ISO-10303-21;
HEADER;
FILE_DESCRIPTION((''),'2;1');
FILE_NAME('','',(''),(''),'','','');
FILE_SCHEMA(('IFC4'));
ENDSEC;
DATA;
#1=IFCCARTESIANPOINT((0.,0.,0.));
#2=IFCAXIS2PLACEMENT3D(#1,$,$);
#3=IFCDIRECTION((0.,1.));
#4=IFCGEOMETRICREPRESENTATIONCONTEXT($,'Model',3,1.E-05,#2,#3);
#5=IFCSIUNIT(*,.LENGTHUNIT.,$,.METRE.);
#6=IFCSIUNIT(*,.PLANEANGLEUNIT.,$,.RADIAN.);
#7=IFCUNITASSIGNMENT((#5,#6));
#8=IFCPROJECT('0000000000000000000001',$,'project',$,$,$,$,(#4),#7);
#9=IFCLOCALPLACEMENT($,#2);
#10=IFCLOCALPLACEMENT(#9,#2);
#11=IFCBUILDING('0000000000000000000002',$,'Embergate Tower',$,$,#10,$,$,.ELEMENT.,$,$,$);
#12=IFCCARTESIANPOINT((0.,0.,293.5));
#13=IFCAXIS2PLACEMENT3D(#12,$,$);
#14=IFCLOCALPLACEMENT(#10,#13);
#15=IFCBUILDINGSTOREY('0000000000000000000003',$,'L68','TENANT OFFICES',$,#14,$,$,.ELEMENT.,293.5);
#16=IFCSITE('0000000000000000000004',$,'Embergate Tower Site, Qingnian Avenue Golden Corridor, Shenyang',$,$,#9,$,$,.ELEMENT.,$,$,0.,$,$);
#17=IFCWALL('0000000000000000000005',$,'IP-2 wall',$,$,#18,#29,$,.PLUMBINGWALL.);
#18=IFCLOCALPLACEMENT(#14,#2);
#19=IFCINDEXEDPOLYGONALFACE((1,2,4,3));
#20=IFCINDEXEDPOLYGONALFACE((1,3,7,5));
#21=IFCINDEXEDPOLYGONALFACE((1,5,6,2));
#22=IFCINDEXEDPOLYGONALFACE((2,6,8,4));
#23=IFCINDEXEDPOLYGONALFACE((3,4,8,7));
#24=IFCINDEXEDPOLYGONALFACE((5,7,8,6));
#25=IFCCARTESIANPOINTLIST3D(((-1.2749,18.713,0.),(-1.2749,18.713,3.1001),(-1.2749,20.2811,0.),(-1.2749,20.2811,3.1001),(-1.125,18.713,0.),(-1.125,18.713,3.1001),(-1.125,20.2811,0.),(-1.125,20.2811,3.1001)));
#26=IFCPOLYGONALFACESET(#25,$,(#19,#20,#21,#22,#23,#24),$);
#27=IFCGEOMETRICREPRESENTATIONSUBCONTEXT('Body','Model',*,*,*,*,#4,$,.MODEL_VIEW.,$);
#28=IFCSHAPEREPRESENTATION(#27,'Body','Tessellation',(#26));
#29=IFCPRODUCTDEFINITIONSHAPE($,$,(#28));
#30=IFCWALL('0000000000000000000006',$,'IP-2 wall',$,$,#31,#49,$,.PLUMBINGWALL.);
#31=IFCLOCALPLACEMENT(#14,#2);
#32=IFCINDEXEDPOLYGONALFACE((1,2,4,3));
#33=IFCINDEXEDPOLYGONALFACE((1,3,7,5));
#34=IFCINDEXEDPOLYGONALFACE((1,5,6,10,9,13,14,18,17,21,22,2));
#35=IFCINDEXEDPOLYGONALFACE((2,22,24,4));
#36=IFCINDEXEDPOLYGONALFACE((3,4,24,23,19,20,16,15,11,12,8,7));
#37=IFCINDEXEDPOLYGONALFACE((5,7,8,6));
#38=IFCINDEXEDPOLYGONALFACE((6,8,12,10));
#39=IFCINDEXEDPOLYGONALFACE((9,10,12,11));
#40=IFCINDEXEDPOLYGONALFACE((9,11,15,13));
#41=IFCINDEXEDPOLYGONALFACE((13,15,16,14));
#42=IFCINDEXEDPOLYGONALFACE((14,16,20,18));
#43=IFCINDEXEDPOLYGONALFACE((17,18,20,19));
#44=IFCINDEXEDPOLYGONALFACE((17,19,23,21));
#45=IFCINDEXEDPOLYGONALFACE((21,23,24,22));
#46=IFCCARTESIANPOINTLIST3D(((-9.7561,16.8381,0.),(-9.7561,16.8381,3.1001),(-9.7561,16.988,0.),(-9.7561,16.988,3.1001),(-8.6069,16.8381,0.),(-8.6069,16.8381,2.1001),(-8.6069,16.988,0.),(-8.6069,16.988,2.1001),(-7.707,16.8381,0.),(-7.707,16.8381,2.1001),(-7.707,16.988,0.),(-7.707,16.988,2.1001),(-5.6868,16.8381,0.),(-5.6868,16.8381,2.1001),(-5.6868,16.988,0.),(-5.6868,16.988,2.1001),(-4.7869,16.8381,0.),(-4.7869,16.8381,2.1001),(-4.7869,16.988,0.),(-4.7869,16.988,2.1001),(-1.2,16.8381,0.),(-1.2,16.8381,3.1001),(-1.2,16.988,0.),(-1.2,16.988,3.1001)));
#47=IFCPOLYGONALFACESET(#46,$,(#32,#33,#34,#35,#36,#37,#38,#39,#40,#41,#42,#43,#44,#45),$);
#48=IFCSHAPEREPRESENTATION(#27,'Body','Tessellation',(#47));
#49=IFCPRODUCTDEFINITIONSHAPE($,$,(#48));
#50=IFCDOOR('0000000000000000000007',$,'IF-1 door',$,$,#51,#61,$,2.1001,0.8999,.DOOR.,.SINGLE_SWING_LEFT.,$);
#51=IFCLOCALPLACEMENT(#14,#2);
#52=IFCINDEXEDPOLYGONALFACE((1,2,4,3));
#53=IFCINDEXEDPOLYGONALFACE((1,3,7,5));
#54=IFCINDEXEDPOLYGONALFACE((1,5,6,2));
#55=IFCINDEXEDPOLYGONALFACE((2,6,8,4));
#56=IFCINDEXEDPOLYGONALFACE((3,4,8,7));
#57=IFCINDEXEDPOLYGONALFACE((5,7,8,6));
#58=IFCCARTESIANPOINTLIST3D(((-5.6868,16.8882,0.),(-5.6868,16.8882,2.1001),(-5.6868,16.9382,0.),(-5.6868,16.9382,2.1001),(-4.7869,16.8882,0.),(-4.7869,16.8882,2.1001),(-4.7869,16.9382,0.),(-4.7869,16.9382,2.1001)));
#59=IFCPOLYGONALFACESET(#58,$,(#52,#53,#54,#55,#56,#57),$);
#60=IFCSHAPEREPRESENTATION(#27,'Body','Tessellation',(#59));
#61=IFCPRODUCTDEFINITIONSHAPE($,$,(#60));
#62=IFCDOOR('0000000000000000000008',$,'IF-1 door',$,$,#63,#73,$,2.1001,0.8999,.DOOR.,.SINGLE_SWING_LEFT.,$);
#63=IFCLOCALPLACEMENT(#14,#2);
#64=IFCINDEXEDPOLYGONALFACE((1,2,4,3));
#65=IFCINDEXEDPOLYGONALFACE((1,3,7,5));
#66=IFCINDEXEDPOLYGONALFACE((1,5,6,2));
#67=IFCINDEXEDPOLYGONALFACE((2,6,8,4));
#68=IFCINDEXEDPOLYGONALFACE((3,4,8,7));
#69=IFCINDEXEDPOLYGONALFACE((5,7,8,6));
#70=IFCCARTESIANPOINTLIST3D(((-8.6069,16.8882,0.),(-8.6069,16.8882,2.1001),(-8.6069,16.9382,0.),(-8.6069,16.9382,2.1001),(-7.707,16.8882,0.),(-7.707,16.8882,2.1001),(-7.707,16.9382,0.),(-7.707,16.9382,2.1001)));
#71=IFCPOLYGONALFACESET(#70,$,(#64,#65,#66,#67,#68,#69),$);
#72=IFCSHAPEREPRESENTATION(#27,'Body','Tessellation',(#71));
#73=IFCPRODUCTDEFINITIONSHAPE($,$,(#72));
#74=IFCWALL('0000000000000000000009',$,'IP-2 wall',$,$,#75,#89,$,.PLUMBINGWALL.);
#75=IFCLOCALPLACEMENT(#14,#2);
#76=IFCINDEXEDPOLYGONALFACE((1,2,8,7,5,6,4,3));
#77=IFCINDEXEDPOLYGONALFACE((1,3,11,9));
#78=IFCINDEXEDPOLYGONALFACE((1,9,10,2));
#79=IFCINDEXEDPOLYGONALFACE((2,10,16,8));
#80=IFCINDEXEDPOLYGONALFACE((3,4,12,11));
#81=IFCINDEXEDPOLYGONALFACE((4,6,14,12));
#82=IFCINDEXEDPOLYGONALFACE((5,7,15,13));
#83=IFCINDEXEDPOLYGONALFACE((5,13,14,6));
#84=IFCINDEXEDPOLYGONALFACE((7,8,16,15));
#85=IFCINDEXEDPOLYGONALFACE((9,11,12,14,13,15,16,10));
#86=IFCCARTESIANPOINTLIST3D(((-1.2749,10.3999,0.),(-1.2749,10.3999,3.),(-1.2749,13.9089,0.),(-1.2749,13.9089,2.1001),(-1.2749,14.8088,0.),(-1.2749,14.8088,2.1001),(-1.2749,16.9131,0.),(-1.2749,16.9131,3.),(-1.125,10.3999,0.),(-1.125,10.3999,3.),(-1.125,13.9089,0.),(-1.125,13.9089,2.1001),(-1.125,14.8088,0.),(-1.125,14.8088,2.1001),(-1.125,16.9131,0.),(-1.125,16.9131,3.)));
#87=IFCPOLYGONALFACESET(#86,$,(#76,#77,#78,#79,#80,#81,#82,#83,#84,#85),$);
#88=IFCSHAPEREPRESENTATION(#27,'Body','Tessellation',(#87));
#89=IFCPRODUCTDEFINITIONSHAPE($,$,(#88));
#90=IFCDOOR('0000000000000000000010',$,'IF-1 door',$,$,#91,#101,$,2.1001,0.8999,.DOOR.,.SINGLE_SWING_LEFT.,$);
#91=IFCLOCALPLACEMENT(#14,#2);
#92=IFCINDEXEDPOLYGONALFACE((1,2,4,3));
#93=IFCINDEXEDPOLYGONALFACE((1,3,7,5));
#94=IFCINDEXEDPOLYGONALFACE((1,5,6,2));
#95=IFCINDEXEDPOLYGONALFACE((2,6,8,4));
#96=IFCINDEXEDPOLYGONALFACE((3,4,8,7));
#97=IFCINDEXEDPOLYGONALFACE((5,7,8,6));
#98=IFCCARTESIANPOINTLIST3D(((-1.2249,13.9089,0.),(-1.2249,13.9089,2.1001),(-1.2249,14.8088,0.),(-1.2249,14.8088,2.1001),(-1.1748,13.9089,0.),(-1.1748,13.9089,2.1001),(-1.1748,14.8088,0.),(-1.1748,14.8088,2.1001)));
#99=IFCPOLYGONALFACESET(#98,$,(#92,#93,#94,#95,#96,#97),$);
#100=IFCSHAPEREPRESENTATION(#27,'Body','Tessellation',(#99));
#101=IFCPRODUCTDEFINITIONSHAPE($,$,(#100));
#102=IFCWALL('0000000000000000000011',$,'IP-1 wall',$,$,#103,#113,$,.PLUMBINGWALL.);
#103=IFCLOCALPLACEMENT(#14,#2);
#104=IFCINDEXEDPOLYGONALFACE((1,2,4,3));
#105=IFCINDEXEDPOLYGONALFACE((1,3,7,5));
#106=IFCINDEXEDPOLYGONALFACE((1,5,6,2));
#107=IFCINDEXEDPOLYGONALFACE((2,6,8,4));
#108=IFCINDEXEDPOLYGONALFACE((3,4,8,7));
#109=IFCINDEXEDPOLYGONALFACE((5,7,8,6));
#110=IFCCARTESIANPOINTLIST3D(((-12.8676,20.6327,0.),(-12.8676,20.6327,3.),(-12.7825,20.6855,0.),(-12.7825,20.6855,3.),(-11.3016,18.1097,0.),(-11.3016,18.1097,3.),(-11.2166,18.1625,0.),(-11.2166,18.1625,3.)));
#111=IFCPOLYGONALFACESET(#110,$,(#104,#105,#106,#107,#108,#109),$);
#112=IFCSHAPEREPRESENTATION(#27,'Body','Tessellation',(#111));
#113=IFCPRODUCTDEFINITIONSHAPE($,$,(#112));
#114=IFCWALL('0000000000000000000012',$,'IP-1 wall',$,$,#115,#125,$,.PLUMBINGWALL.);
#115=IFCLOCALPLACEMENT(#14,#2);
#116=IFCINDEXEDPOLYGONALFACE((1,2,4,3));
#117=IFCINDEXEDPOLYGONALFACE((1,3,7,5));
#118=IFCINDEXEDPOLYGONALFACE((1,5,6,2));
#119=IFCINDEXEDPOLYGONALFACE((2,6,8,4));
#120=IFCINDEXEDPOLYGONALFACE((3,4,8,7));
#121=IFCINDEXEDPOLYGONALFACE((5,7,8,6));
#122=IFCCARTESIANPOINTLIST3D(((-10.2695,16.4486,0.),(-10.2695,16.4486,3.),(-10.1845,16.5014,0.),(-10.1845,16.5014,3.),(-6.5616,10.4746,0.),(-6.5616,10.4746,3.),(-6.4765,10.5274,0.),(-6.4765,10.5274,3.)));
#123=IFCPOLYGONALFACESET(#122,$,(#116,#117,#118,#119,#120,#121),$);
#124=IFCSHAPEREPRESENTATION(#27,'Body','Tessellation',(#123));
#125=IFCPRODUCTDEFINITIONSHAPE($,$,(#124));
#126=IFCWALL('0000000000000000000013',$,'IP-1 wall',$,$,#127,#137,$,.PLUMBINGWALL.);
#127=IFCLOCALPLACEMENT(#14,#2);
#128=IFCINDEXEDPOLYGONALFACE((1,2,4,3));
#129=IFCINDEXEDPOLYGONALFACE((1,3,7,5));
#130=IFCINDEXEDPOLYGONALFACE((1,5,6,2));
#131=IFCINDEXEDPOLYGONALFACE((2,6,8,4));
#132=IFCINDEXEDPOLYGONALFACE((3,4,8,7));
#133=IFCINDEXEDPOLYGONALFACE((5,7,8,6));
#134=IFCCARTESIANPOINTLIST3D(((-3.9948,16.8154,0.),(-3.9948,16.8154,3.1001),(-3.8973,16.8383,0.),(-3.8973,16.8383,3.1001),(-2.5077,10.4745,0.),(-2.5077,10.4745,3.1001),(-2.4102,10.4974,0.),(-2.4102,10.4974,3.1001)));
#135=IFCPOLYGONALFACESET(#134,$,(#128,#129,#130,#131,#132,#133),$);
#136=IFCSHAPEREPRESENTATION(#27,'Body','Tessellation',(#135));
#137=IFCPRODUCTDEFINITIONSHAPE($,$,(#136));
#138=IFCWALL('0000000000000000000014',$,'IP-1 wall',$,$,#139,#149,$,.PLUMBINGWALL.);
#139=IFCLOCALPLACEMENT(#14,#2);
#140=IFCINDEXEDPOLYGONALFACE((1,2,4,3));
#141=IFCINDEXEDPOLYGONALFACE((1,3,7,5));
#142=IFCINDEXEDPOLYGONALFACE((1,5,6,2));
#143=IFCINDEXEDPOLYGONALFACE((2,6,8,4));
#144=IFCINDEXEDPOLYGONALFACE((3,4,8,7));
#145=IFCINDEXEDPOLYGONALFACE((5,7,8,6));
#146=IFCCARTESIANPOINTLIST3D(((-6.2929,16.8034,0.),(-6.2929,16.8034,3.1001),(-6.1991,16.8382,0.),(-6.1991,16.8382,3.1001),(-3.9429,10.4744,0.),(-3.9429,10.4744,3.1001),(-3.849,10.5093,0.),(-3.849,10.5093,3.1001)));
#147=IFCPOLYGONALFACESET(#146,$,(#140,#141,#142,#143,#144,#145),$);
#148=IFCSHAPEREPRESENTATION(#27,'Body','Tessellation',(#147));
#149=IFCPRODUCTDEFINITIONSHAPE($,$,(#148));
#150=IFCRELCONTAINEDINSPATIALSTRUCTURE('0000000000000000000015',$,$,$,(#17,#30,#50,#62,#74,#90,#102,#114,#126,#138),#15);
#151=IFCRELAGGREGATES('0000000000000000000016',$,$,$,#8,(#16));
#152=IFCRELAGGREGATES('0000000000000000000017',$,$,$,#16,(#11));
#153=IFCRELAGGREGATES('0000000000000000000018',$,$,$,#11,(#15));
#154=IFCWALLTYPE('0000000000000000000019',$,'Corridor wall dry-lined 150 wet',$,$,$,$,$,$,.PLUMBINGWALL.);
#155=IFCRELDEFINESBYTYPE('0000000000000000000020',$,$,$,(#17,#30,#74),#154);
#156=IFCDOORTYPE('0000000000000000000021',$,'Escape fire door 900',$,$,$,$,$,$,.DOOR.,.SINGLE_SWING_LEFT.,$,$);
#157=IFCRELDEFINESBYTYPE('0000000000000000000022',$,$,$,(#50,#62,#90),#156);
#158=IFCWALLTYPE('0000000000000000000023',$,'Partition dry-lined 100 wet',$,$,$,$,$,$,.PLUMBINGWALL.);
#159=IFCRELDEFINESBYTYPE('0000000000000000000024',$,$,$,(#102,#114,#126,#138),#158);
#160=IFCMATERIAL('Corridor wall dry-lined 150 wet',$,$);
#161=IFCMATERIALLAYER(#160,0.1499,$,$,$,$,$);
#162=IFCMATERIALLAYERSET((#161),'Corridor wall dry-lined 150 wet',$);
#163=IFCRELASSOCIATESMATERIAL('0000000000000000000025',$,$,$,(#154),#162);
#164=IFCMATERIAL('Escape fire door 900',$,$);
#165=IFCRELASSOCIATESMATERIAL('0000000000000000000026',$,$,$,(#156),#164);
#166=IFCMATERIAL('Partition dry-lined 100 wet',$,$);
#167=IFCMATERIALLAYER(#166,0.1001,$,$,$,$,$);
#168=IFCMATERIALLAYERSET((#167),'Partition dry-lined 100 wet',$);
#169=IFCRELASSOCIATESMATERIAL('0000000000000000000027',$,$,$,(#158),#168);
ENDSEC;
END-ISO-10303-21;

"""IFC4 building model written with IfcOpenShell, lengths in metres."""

from ifc_helpers import new_model, si_unit, direction, frame, frame_2d, origin, place, context, subcontext, project, spatial, rectangle, extrude, source, transform, mapped, material, layer, layer_set, type_object, element, fill, save


model = new_model("IFC4")

# Units and contexts
model_context = context("Model", 3, precision=1e-05, world=origin(), true_north=direction((0.0, 1.0)))
body_context = subcontext(model_context, "Body", "Model", "MODEL_VIEW")
ifc_project = project(units=[si_unit("LENGTHUNIT", "METRE"), si_unit("PLANEANGLEUNIT", "RADIAN")], contexts=[model_context])

# Site, building, storey
site_placement = place(None, origin())
site = spatial("IfcSite", under=ifc_project, at=site_placement, Name="Embergate Tower Site, Qingnian Avenue Golden Corridor, Shenyang", CompositionType="ELEMENT", RefElevation=0.0)
building_placement = place(site_placement, origin())
building = spatial("IfcBuilding", under=site, at=building_placement, Name="Embergate Tower", CompositionType="ELEMENT")
storey_placement = place(building_placement, frame((0.0, 0.0, 293.5)))
storey = spatial("IfcBuildingStorey", under=building, at=storey_placement, Name="L68", Description="TENANT OFFICES", CompositionType="ELEMENT", Elevation=293.5)

# Shared definitions
ifc_material_1 = material(Name="Corridor wall dry-lined 150 wet")
ifc_layer_1 = layer(ifc_material_1, 0.1499)
ifc_layer_set_1 = layer_set([ifc_layer_1], Name="Corridor wall dry-lined 150 wet")
wall_type_1 = type_object("IfcWallType", Name="Corridor wall dry-lined 150 wet", PredefinedType="PLUMBINGWALL", material=ifc_layer_set_1)

# Shared definitions
shared_shape_1 = source(origin(), body_context, "Body", "SweptSolid", [
    extrude(rectangle(XDim=0.8999, YDim=2.1001, at=frame_2d((0.45, 1.05))), frame((0.0, 0.085, 0.0), z_axis=(0.0, -1.0, 0.0), x_axis=(1.0, 0.0, 0.0)), (0.0, 0.0, 1.0), 0.1699),
])
ifc_material_2 = material(Name="Escape fire door 900")
door_type_1 = type_object("IfcDoorType", Name="Escape fire door 900", OperationType="SINGLE_SWING_LEFT", PredefinedType="DOOR", material=ifc_material_2)
shared_shape_2 = source(origin(), body_context, "Body", "SweptSolid", [
    extrude(rectangle(XDim=0.8999, YDim=2.1001, at=frame_2d((0.45, 1.05))), frame((0.0, 0.0249, 0.0), z_axis=(0.0, -1.0, 0.0), x_axis=(1.0, 0.0, 0.0)), (0.0, 0.0, 1.0), 0.05),
])

# Wall
shared_shape_3 = source(origin(), body_context, "Body", "SweptSolid", [
    extrude(rectangle(XDim=1.5681, YDim=0.1499, at=frame_2d((0.7842, 0.0))), origin(), (0.0, 0.0, 1.0), 3.1001),
])
wall_1_placement = place(storey_placement, frame((-1.2, 18.7129, 0.0), z_axis=(0.0, 0.0, 1.0), x_axis=(0.0, 1.0, 0.0)))
element("IfcWall", 1, at=wall_1_placement, inside=storey, type_object=wall_type_1, Name="IP-2 wall", PredefinedType="PLUMBINGWALL", context=body_context, shape_type="MappedRepresentation", body=[
    mapped(shared_shape_3, transform((0.0, 0.0, 0.0))),
])

# Wall, openings, doors
shared_shape_4 = source(origin(), body_context, "Body", "SweptSolid", [
    extrude(rectangle(XDim=8.5562, YDim=0.1499, at=frame_2d((4.2781, 0.0))), origin(), (0.0, 0.0, 1.0), 3.1001),
])
wall_2_placement = place(storey_placement, frame((-1.2, 16.9131, 0.0), z_axis=(0.0, 0.0, 1.0), x_axis=(-1.0, 0.0, 0.0)))
wall_2 = element("IfcWall", 2, at=wall_2_placement, inside=storey, type_object=wall_type_1, Name="IP-2 wall", PredefinedType="PLUMBINGWALL", context=body_context, shape_type="MappedRepresentation", body=[
    mapped(shared_shape_4, transform((0.0, 0.0, 0.0))),
])
opening_1_placement = place(wall_2_placement, frame((3.5869, 0.0, 0.0)))
opening_1 = element("IfcOpeningElement", 3, at=opening_1_placement, cuts=wall_2, PredefinedType="OPENING", context=body_context, shape_type="MappedRepresentation", body=[
    mapped(shared_shape_1, transform((0.0, 0.0, 0.0))),
])
opening_2_placement = place(wall_2_placement, frame((6.5071, 0.0, 0.0)))
opening_2 = element("IfcOpeningElement", 4, at=opening_2_placement, cuts=wall_2, PredefinedType="OPENING", context=body_context, shape_type="MappedRepresentation", body=[
    mapped(shared_shape_1, transform((0.0, 0.0, 0.0))),
])
door_1_placement = place(opening_1_placement, origin())
door_1 = element("IfcDoor", 5, at=door_1_placement, inside=storey, type_object=door_type_1, Name="IF-1 door", OperationType="SINGLE_SWING_LEFT", OverallHeight=2.1001, OverallWidth=0.8999, PredefinedType="DOOR", context=body_context, shape_type="MappedRepresentation", body=[
    mapped(shared_shape_2, transform((0.0, 0.0, 0.0))),
])
fill(opening_1, door_1)
door_2_placement = place(opening_2_placement, origin())
door_2 = element("IfcDoor", 6, at=door_2_placement, inside=storey, type_object=door_type_1, Name="IF-1 door", OperationType="SINGLE_SWING_LEFT", OverallHeight=2.1001, OverallWidth=0.8999, PredefinedType="DOOR", context=body_context, shape_type="MappedRepresentation", body=[
    mapped(shared_shape_2, transform((0.0, 0.0, 0.0))),
])
fill(opening_2, door_2)

# Wall, opening, door
shared_shape_5 = source(origin(), body_context, "Body", "SweptSolid", [
    extrude(rectangle(XDim=6.5132, YDim=0.1499, at=frame_2d((3.2566, 0.0))), origin(), (0.0, 0.0, 1.0), 3.0),
])
wall_3_placement = place(storey_placement, frame((-1.2, 10.3999, 0.0), z_axis=(0.0, 0.0, 1.0), x_axis=(0.0, 1.0, 0.0)))
wall_3 = element("IfcWall", 7, at=wall_3_placement, inside=storey, type_object=wall_type_1, Name="IP-2 wall", PredefinedType="PLUMBINGWALL", context=body_context, shape_type="MappedRepresentation", body=[
    mapped(shared_shape_5, transform((0.0, 0.0, 0.0))),
])
opening_3_placement = place(wall_3_placement, frame((3.509, 0.0, 0.0)))
opening_3 = element("IfcOpeningElement", 8, at=opening_3_placement, cuts=wall_3, PredefinedType="OPENING", context=body_context, shape_type="MappedRepresentation", body=[
    mapped(shared_shape_1, transform((0.0, 0.0, 0.0))),
])
door_3_placement = place(opening_3_placement, origin())
door_3 = element("IfcDoor", 9, at=door_3_placement, inside=storey, type_object=door_type_1, Name="IF-1 door", OperationType="SINGLE_SWING_LEFT", OverallHeight=2.1001, OverallWidth=0.8999, PredefinedType="DOOR", context=body_context, shape_type="MappedRepresentation", body=[
    mapped(shared_shape_2, transform((0.0, 0.0, 0.0))),
])
fill(opening_3, door_3)

# Walls
ifc_material_3 = material(Name="Partition dry-lined 100 wet")
ifc_layer_2 = layer(ifc_material_3, 0.1001)
ifc_layer_set_2 = layer_set([ifc_layer_2], Name="Partition dry-lined 100 wet")
wall_type_2 = type_object("IfcWallType", Name="Partition dry-lined 100 wet", PredefinedType="PLUMBINGWALL", material=ifc_layer_set_2)
shared_shape_6 = source(origin(), body_context, "Body", "SweptSolid", [
    extrude(rectangle(XDim=2.9695, YDim=0.1001, at=frame_2d((1.4849, 0.0))), origin(), (0.0, 0.0, 1.0), 3.0),
])
wall_4_placement = place(storey_placement, frame((-11.259, 18.136, 0.0), z_axis=(0.0, 0.0, 1.0), x_axis=(-0.527351, 0.849648, 0.0)))
element("IfcWall", 10, at=wall_4_placement, inside=storey, type_object=wall_type_2, Name="IP-1 wall", PredefinedType="PLUMBINGWALL", context=body_context, shape_type="MappedRepresentation", body=[
    mapped(shared_shape_6, transform((0.0, 0.0, 0.0))),
])
shared_shape_7 = source(origin(), body_context, "Body", "SweptSolid", [
    extrude(rectangle(XDim=7.0312, YDim=0.1001, at=frame_2d((3.5156, 0.0))), origin(), (0.0, 0.0, 1.0), 3.0),
])
wall_5_placement = place(storey_placement, frame((-6.519, 10.501, 0.0), z_axis=(0.0, 0.0, 1.0), x_axis=(-0.527356, 0.849644, 0.0)))
element("IfcWall", 11, at=wall_5_placement, inside=storey, type_object=wall_type_2, Name="IP-1 wall", PredefinedType="PLUMBINGWALL", context=body_context, shape_type="MappedRepresentation", body=[
    mapped(shared_shape_7, transform((0.0, 0.0, 0.0))),
])
shared_shape_8 = source(origin(), body_context, "Body", "SweptSolid", [
    extrude(rectangle(XDim=6.5129, YDim=0.1001, at=frame_2d((3.2563, 0.0))), origin(), (0.0, 0.0, 1.0), 3.1001),
])
wall_6_placement = place(storey_placement, frame((-2.459, 10.4861, 0.0), z_axis=(0.0, 0.0, 1.0), x_axis=(-0.228327, 0.973585, 0.0)))
element("IfcWall", 12, at=wall_6_placement, inside=storey, type_object=wall_type_2, Name="IP-1 wall", PredefinedType="PLUMBINGWALL", context=body_context, shape_type="MappedRepresentation", body=[
    mapped(shared_shape_8, transform((0.0, 0.0, 0.0))),
])
shared_shape_9 = source(origin(), body_context, "Body", "SweptSolid", [
    extrude(rectangle(XDim=6.7512, YDim=0.1001, at=frame_2d((3.3755, 0.0))), origin(), (0.0, 0.0, 1.0), 3.1001),
])
wall_7_placement = place(storey_placement, frame((-3.896, 10.4919, 0.0), z_axis=(0.0, 0.0, 1.0), x_axis=(-0.348094, 0.93746, 0.0)))
element("IfcWall", 13, at=wall_7_placement, inside=storey, type_object=wall_type_2, Name="IP-1 wall", PredefinedType="PLUMBINGWALL", context=body_context, shape_type="MappedRepresentation", body=[
    mapped(shared_shape_9, transform((0.0, 0.0, 0.0))),
])

save(model, "model.ifc")
